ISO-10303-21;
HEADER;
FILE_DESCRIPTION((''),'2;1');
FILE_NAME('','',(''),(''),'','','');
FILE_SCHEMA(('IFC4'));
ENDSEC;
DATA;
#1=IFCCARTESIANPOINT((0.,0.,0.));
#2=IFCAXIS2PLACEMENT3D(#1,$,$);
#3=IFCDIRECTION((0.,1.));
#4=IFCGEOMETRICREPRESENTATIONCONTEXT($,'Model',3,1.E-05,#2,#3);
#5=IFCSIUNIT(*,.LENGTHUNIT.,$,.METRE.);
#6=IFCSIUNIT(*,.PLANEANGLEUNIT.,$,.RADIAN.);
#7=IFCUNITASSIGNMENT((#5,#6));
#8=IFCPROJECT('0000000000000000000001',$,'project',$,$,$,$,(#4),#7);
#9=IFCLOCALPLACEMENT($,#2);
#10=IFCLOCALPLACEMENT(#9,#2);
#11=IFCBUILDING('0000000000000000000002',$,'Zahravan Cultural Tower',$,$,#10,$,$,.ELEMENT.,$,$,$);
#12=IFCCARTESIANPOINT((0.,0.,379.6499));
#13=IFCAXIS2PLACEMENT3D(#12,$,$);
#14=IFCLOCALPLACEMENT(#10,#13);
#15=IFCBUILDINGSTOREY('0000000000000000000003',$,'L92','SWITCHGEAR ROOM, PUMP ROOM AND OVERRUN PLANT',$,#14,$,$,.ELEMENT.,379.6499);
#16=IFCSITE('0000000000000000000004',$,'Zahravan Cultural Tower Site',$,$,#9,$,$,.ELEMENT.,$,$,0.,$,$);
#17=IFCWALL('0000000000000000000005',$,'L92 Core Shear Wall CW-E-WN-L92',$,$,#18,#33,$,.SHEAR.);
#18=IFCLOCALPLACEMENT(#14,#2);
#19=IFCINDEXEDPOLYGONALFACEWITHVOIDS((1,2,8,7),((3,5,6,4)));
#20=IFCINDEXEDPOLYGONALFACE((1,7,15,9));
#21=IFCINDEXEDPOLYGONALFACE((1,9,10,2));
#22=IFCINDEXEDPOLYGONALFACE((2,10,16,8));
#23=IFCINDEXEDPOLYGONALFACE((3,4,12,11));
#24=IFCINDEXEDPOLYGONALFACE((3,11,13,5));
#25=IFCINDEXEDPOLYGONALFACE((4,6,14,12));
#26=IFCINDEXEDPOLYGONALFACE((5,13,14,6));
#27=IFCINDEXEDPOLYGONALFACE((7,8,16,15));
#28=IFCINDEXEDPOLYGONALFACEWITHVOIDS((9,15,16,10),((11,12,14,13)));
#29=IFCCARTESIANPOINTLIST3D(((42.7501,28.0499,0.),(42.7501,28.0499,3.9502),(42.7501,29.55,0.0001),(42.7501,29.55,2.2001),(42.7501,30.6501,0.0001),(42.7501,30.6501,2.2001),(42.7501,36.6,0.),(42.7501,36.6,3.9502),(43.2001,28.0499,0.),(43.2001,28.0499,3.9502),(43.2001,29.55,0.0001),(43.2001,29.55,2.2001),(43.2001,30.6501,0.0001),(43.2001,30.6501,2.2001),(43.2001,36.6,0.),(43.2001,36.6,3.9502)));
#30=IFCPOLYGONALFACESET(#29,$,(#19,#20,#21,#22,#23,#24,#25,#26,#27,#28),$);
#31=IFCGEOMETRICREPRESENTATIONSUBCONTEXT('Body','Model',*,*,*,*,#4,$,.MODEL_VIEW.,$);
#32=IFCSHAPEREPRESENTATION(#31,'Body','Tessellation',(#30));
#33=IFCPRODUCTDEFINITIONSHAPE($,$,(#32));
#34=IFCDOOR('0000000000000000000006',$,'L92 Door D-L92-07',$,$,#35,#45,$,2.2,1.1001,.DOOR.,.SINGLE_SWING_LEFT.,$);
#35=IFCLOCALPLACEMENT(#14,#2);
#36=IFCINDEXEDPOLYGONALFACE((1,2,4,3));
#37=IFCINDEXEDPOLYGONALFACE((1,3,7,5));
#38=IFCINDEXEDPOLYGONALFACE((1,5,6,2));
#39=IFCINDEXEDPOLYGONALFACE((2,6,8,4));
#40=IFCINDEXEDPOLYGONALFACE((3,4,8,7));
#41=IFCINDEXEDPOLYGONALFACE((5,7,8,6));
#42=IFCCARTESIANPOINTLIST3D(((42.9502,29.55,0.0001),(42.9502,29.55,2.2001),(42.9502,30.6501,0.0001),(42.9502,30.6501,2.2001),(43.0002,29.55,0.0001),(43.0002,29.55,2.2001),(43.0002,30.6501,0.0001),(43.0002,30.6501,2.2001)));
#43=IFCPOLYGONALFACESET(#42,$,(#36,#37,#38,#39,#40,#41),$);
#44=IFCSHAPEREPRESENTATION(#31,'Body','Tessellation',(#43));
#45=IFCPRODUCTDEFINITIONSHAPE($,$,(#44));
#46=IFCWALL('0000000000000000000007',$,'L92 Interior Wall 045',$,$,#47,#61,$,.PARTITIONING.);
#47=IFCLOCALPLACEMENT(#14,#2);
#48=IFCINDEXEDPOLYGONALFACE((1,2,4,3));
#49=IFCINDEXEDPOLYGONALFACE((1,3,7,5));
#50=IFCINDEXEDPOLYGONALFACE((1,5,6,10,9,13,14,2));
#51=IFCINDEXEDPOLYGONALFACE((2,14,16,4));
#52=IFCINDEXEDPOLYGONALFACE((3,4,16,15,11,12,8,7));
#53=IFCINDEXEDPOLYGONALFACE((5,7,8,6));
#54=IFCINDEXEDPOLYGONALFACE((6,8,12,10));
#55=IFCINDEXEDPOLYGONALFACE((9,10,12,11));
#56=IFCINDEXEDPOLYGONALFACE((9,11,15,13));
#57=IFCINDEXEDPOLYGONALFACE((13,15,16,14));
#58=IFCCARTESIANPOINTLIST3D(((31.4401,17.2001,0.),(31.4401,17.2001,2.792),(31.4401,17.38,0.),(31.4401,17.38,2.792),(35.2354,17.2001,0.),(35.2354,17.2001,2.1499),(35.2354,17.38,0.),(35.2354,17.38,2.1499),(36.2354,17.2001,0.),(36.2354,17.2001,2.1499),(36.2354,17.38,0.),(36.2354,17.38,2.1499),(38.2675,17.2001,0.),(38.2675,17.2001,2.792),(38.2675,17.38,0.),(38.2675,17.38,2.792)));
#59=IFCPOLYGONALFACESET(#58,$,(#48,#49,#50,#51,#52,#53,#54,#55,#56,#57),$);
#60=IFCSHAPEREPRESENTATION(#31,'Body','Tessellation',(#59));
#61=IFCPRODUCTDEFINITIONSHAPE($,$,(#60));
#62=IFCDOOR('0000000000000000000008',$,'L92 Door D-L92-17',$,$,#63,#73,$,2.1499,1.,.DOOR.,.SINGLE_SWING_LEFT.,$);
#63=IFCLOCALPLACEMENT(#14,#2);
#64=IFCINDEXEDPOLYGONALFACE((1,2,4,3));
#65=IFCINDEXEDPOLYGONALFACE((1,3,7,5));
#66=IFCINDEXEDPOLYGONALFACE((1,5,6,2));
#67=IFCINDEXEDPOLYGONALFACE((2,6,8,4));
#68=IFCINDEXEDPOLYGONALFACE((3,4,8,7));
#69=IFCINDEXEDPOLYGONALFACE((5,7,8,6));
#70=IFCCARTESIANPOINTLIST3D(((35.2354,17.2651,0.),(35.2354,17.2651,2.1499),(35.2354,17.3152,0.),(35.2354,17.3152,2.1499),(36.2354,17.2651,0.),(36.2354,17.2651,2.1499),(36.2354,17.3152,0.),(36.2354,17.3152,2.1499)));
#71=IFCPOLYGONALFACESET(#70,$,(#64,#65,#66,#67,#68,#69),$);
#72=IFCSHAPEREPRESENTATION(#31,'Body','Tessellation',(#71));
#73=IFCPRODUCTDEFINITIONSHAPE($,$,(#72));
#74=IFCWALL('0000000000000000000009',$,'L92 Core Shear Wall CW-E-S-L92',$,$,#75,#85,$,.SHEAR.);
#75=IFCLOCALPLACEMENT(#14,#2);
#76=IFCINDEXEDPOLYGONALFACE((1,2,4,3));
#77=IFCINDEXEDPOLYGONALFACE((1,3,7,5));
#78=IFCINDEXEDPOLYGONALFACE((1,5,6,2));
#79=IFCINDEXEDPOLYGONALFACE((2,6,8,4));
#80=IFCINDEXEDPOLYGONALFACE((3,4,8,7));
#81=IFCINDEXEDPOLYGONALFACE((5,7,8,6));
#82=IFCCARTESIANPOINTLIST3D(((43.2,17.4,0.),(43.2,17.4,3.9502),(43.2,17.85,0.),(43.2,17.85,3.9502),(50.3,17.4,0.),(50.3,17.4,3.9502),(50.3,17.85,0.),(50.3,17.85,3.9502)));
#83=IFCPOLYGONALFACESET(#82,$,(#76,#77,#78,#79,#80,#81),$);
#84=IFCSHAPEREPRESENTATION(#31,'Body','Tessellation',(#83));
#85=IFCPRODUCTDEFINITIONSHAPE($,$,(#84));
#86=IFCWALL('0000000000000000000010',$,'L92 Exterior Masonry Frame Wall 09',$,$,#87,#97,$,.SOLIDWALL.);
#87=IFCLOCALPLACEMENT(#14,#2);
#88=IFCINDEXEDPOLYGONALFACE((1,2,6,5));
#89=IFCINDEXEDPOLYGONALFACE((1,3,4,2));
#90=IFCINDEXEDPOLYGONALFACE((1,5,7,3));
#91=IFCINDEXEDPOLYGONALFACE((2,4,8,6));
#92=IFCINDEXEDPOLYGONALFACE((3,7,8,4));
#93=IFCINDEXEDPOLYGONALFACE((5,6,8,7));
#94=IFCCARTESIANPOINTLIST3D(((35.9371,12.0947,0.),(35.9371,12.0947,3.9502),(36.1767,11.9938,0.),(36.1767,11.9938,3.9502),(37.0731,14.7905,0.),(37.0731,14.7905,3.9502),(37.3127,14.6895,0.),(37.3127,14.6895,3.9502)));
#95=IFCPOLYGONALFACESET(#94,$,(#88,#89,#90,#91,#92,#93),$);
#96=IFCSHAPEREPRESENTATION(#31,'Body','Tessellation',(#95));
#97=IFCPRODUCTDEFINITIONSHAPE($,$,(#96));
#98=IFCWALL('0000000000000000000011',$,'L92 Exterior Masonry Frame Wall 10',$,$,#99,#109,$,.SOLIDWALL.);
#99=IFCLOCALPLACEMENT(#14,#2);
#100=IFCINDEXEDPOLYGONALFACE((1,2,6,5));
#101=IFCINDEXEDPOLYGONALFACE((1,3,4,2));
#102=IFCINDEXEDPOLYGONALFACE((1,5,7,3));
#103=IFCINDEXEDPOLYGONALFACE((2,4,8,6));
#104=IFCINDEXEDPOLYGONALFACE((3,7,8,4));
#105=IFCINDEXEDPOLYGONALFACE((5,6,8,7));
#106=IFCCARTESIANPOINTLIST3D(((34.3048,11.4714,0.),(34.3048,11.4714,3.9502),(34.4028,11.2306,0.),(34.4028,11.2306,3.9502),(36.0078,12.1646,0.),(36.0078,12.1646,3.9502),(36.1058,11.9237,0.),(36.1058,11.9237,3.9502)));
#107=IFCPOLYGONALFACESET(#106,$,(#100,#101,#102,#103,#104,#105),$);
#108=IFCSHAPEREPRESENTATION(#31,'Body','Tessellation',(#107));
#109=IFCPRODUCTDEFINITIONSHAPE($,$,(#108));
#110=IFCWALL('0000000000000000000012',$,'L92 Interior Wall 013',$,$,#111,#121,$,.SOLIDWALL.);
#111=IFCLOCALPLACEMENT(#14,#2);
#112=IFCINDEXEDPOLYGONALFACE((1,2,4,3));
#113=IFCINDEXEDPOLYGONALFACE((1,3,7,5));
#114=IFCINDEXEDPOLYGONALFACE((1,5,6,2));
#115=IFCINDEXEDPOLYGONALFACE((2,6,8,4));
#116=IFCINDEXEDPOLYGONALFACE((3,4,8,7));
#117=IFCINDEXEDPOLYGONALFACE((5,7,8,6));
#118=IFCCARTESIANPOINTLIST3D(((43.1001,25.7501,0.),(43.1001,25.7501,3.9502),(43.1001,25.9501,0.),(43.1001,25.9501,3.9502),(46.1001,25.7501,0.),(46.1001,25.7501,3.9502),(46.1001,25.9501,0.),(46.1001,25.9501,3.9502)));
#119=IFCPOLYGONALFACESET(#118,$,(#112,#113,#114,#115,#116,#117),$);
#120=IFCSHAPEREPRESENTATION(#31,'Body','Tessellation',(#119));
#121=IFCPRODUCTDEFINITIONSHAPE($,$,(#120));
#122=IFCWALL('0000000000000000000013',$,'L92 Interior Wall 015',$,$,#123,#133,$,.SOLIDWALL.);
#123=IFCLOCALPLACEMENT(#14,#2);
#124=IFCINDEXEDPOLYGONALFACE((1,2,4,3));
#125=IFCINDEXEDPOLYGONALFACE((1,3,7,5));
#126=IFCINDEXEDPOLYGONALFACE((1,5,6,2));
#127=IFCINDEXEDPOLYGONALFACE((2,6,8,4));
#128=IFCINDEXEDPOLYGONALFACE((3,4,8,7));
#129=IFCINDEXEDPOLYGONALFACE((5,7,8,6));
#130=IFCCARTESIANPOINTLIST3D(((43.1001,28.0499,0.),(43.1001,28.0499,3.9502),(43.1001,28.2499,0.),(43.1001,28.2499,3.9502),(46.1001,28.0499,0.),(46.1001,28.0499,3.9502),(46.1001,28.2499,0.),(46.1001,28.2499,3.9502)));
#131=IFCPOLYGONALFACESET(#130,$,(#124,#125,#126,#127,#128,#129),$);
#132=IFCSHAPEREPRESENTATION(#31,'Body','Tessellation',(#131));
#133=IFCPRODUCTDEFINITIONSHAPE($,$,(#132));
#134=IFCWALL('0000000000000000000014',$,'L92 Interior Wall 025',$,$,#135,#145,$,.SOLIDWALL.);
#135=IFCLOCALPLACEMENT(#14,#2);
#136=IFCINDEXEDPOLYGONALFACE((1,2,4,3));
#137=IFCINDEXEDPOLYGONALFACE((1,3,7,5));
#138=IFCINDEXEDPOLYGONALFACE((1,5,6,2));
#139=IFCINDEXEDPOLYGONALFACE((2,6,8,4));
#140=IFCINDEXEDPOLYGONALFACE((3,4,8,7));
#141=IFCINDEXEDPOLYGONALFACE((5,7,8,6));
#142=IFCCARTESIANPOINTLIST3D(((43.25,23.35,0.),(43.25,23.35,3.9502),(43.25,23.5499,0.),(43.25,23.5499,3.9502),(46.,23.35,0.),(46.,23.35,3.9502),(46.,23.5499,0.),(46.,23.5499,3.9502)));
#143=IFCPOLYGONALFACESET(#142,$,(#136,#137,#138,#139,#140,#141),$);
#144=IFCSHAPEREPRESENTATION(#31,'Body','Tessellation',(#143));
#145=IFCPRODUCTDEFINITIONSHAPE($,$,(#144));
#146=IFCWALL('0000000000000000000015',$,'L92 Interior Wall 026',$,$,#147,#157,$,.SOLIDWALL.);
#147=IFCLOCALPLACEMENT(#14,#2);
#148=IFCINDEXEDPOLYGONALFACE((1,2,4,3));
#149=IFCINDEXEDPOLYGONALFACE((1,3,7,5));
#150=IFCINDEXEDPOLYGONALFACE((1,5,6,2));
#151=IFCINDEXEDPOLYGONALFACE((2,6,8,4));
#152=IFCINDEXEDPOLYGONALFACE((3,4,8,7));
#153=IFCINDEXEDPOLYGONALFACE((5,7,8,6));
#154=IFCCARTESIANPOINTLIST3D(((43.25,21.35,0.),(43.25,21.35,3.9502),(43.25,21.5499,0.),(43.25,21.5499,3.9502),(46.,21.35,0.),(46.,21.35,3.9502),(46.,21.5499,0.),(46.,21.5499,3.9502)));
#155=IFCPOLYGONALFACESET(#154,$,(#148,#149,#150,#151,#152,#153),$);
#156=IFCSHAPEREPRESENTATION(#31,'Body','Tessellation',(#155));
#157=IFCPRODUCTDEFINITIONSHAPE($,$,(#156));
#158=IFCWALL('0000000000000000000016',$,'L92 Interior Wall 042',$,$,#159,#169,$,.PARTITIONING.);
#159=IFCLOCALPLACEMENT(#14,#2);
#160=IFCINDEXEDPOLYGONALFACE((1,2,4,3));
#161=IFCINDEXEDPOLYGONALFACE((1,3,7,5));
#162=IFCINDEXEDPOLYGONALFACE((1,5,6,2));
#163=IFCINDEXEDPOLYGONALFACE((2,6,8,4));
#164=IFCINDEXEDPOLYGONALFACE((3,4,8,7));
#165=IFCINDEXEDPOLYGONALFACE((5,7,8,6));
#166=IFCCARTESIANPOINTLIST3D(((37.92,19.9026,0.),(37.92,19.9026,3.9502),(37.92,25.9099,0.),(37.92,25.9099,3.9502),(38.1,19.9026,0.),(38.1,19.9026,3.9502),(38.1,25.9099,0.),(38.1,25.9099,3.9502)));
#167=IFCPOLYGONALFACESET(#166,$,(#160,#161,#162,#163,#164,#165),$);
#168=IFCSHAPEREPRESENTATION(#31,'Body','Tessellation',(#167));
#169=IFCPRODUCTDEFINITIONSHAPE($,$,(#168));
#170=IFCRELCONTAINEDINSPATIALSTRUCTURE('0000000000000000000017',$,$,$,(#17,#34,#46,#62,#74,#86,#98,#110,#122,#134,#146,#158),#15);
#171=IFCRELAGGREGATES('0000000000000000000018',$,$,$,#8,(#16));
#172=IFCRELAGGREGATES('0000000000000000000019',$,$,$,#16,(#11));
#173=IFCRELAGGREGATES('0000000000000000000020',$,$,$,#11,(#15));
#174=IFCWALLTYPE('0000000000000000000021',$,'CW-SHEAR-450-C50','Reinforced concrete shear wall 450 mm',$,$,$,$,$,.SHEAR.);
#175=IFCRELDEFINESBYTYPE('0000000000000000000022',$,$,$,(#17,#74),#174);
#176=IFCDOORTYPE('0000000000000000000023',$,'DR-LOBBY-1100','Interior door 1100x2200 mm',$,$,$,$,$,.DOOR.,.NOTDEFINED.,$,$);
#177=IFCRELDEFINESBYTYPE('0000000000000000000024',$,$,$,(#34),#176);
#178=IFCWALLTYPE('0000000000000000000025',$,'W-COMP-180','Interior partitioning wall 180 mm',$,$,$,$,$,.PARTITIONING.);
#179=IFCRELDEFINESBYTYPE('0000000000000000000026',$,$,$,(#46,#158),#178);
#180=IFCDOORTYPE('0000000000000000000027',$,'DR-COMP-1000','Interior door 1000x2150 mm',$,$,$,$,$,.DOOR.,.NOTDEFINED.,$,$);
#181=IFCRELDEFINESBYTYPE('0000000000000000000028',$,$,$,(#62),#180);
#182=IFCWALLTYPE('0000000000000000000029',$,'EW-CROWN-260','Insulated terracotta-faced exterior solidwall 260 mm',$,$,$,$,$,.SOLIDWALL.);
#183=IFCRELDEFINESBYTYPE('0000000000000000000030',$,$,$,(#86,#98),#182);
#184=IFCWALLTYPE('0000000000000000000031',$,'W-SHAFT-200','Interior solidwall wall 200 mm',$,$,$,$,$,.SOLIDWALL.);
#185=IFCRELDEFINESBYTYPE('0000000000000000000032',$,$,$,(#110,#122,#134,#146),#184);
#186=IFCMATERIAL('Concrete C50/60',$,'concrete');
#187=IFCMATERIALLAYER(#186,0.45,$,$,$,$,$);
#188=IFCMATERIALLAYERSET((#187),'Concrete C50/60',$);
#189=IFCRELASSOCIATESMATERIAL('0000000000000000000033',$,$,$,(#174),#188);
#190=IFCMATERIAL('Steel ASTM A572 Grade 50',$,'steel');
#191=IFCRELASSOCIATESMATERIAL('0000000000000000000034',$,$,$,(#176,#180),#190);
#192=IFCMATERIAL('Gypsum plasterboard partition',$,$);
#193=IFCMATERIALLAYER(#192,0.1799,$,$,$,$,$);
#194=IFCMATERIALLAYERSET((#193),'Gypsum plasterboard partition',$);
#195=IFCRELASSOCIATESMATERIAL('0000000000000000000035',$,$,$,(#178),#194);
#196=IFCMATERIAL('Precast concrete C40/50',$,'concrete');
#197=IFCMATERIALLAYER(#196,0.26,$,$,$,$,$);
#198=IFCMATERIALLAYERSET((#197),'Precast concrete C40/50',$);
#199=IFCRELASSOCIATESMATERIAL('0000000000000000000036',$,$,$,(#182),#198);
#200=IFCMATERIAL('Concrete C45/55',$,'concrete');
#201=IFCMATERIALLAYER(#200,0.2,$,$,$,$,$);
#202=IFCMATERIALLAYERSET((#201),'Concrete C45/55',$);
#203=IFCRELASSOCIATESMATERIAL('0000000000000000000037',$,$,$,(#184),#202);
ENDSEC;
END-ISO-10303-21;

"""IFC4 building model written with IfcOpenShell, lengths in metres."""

from ifc_helpers import new_model, si_unit, direction, frame, frame_2d, origin, place, context, subcontext, project, spatial, rectangle, extrude, source, transform, mapped, material, layer, layer_set, type_object, element, fill, save


model = new_model("IFC4")

# Units and contexts
model_context = context("Model", 3, precision=1e-05, world=origin(), true_north=direction((0.0, 1.0)))
body_context = subcontext(model_context, "Body", "Model", "MODEL_VIEW")
ifc_project = project(units=[si_unit("LENGTHUNIT", "METRE"), si_unit("PLANEANGLEUNIT", "RADIAN")], contexts=[model_context])

# Site, building, storey
site_placement = place(None, origin())
site = spatial("IfcSite", under=ifc_project, at=site_placement, Name="Zahravan Cultural Tower Site", CompositionType="ELEMENT", RefElevation=0.0)
building_placement = place(site_placement, origin())
building = spatial("IfcBuilding", under=site, at=building_placement, Name="Zahravan Cultural Tower", CompositionType="ELEMENT")
storey_placement = place(building_placement, frame((0.0, 0.0, 379.6499)))
storey = spatial("IfcBuildingStorey", under=building, at=storey_placement, Name="L92", Description="SWITCHGEAR ROOM, PUMP ROOM AND OVERRUN PLANT", CompositionType="ELEMENT", Elevation=379.6499)

# Shared definitions
ifc_material_1 = material(Name="Concrete C45/55", Category="concrete")

# Shared definitions
ifc_material_2 = material(Name="Concrete C50/60", Category="concrete")

# Shared definitions
ifc_layer_1 = layer(ifc_material_2, 0.45)
ifc_layer_set_1 = layer_set([ifc_layer_1], Name="Concrete C50/60")
wall_type_1 = type_object("IfcWallType", Name="CW-SHEAR-450-C50", Description="Reinforced concrete shear wall 450 mm", PredefinedType="SHEAR", material=ifc_layer_set_1)
ifc_material_3 = material(Name="Steel ASTM A572 Grade 50", Category="steel")
door_type_1 = type_object("IfcDoorType", Name="DR-LOBBY-1100", Description="Interior door 1100x2200 mm", OperationType="NOTDEFINED", PredefinedType="DOOR", material=ifc_material_3)
shared_shape_1 = source(origin(), body_context, "Body", "SweptSolid", [
    extrude(rectangle(XDim=1.1001, YDim=2.2, at=frame_2d((0.55, 1.1001))), frame((0.0, 0.0249, 0.0), z_axis=(0.0, -1.0, 0.0), x_axis=(1.0, 0.0, 0.0)), (0.0, 0.0, 1.0), 0.05),
])

# Walls, openings, doors
wall_1_placement = place(storey_placement, frame((42.9751, 28.05, 0.0), z_axis=(0.0, 0.0, 1.0), x_axis=(0.0, 1.0, 0.0)))
wall_1 = element("IfcWall", 1, at=wall_1_placement, inside=storey, type_object=wall_type_1, Name="L92 Core Shear Wall CW-E-WN-L92", PredefinedType="SHEAR", context=body_context, shape_type="SweptSolid", body=[
    extrude(rectangle(XDim=8.55, YDim=0.45, at=frame_2d((4.2749, 0.0))), origin(), (0.0, 0.0, 1.0), 3.9502),
])
opening_1_placement = place(wall_1_placement, frame((1.5, 0.0, 0.0)))
opening_1 = element("IfcOpeningElement", 2, at=opening_1_placement, cuts=wall_1, PredefinedType="OPENING", context=body_context, shape_type="SweptSolid", body=[
    extrude(rectangle(XDim=1.1001, YDim=2.2, at=frame_2d((0.55, 1.1001))), frame((0.0, 0.2349, 0.0), z_axis=(0.0, -1.0, 0.0), x_axis=(1.0, 0.0, 0.0)), (0.0, 0.0, 1.0), 0.47),
])
door_1_placement = place(opening_1_placement, origin())
door_1 = element("IfcDoor", 3, at=door_1_placement, inside=storey, type_object=door_type_1, Name="L92 Door D-L92-07", OperationType="SINGLE_SWING_LEFT", OverallHeight=2.2, OverallWidth=1.1001, PredefinedType="DOOR", context=body_context, shape_type="MappedRepresentation", body=[
    mapped(shared_shape_1, transform((0.0, 0.0, 0.0), x_axis=(1.0, 0.0, 0.0), y_axis=(0.0, 1.0, 0.0), z_axis=(0.0, 0.0, 1.0), scale=1.0)),
])
fill(opening_1, door_1)
ifc_material_4 = material(Name="Gypsum plasterboard partition")
ifc_layer_2 = layer(ifc_material_4, 0.1799)
ifc_layer_set_2 = layer_set([ifc_layer_2], Name="Gypsum plasterboard partition")
wall_type_2 = type_object("IfcWallType", Name="W-COMP-180", Description="Interior partitioning wall 180 mm", PredefinedType="PARTITIONING", material=ifc_layer_set_2)
wall_2_placement = place(storey_placement, frame((38.2673, 17.29, 0.0), z_axis=(0.0, 0.0, 1.0), x_axis=(-1.0, 0.0, 0.0)))
wall_2 = element("IfcWall", 4, at=wall_2_placement, inside=storey, type_object=wall_type_2, Name="L92 Interior Wall 045", PredefinedType="PARTITIONING", context=body_context, shape_type="SweptSolid", body=[
    extrude(rectangle(XDim=6.8274, YDim=0.1799, at=frame_2d((3.4136, 0.0))), origin(), (0.0, 0.0, 1.0), 2.792),
])
opening_2_placement = place(wall_2_placement, frame((2.032, 0.0, 0.0)))
opening_2 = element("IfcOpeningElement", 5, at=opening_2_placement, cuts=wall_2, PredefinedType="OPENING", context=body_context, shape_type="SweptSolid", body=[
    extrude(rectangle(XDim=1.0, YDim=2.1499, at=frame_2d((0.5, 1.075))), frame((0.0, 0.0999, 0.0), z_axis=(0.0, -1.0, 0.0), x_axis=(1.0, 0.0, 0.0)), (0.0, 0.0, 1.0), 0.2),
])
door_type_2 = type_object("IfcDoorType", Name="DR-COMP-1000", Description="Interior door 1000x2150 mm", OperationType="NOTDEFINED", PredefinedType="DOOR", material=ifc_material_3)
shared_shape_2 = source(origin(), body_context, "Body", "SweptSolid", [
    extrude(rectangle(XDim=1.0, YDim=2.1499, at=frame_2d((0.5, 1.075))), frame((0.0, 0.0249, 0.0), z_axis=(0.0, -1.0, 0.0), x_axis=(1.0, 0.0, 0.0)), (0.0, 0.0, 1.0), 0.05),
])
door_2_placement = place(opening_2_placement, origin())
door_2 = element("IfcDoor", 6, at=door_2_placement, inside=storey, type_object=door_type_2, Name="L92 Door D-L92-17", OperationType="SINGLE_SWING_LEFT", OverallHeight=2.1499, OverallWidth=1.0, PredefinedType="DOOR", context=body_context, shape_type="MappedRepresentation", body=[
    mapped(shared_shape_2, transform((0.0, 0.0, 0.0), x_axis=(1.0, 0.0, 0.0), y_axis=(0.0, 1.0, 0.0), z_axis=(0.0, 0.0, 1.0), scale=1.0)),
])
fill(opening_2, door_2)

# Walls
shared_shape_3 = source(origin(), body_context, "Body", "SweptSolid", [
    extrude(rectangle(XDim=7.1001, YDim=0.45, at=frame_2d((3.55, 0.0))), origin(), (0.0, 0.0, 1.0), 3.9502),
])
wall_3_placement = place(storey_placement, frame((43.2, 17.625, 0.0), z_axis=(0.0, 0.0, 1.0), x_axis=(1.0, 0.0, 0.0)))
element("IfcWall", 7, at=wall_3_placement, inside=storey, type_object=wall_type_1, Name="L92 Core Shear Wall CW-E-S-L92", PredefinedType="SHEAR", context=body_context, shape_type="MappedRepresentation", body=[
    mapped(shared_shape_3, transform((0.0, 0.0, 0.0), x_axis=(1.0, 0.0, 0.0), y_axis=(0.0, 1.0, 0.0), z_axis=(0.0, 0.0, 1.0), scale=1.0)),
])
ifc_material_5 = material(Name="Precast concrete C40/50", Category="concrete")
ifc_layer_3 = layer(ifc_material_5, 0.26)
ifc_layer_set_3 = layer_set([ifc_layer_3], Name="Precast concrete C40/50")
wall_type_3 = type_object("IfcWallType", Name="EW-CROWN-260", Description="Insulated terracotta-faced exterior solidwall 260 mm", PredefinedType="SOLIDWALL", material=ifc_layer_set_3)
shared_shape_4 = source(origin(), body_context, "Body", "SweptSolid", [
    extrude(rectangle(XDim=2.9253, YDim=0.26, at=frame_2d((1.4626, 0.0))), origin(), (0.0, 0.0, 1.0), 3.9502),
])
wall_4_placement = place(storey_placement, frame((37.1929, 14.74, 0.0), z_axis=(0.0, 0.0, 1.0), x_axis=(-0.388322, -0.921524, 0.0)))
element("IfcWall", 8, at=wall_4_placement, inside=storey, type_object=wall_type_3, Name="L92 Exterior Masonry Frame Wall 09", PredefinedType="SOLIDWALL", context=body_context, shape_type="MappedRepresentation", body=[
    mapped(shared_shape_4, transform((0.0, 0.0, 0.0), x_axis=(1.0, 0.0, 0.0), y_axis=(0.0, 1.0, 0.0), z_axis=(0.0, 0.0, 1.0), scale=1.0)),
])
shared_shape_5 = source(origin(), body_context, "Body", "SweptSolid", [
    extrude(rectangle(XDim=1.8386, YDim=0.26, at=frame_2d((0.9194, 0.0))), origin(), (0.0, 0.0, 1.0), 3.9502),
])
wall_5_placement = place(storey_placement, frame((36.0569, 12.0442, 0.0), z_axis=(0.0, 0.0, 1.0), x_axis=(-0.926216, -0.376993, 0.0)))
element("IfcWall", 9, at=wall_5_placement, inside=storey, type_object=wall_type_3, Name="L92 Exterior Masonry Frame Wall 10", PredefinedType="SOLIDWALL", context=body_context, shape_type="MappedRepresentation", body=[
    mapped(shared_shape_5, transform((0.0, 0.0, 0.0), x_axis=(1.0, 0.0, 0.0), y_axis=(0.0, 1.0, 0.0), z_axis=(0.0, 0.0, 1.0), scale=1.0)),
])
ifc_layer_4 = layer(ifc_material_1, 0.2)
ifc_layer_set_4 = layer_set([ifc_layer_4], Name="Concrete C45/55")
wall_type_4 = type_object("IfcWallType", Name="W-SHAFT-200", Description="Interior solidwall wall 200 mm", PredefinedType="SOLIDWALL", material=ifc_layer_set_4)
shared_shape_6 = source(origin(), body_context, "Body", "SweptSolid", [
    extrude(rectangle(XDim=3.0, YDim=0.2, at=frame_2d((1.5, 0.0))), origin(), (0.0, 0.0, 1.0), 3.9502),
])
for number, where, z_axis, x_axis, name in (
    (10, (43.1001, 25.8501, 0.0), (0.0, 0.0, 1.0), (1.0, 0.0, 0.0), "L92 Interior Wall 013"),
    (11, (43.1001, 28.1499, 0.0), (0.0, 0.0, 1.0), (1.0, 0.0, 0.0), "L92 Interior Wall 015"),
):
    element("IfcWall", number, at=place(storey_placement, frame(where, z_axis=z_axis, x_axis=x_axis)), inside=storey, type_object=wall_type_4, Name=name, PredefinedType="SOLIDWALL", context=body_context, shape_type="MappedRepresentation", body=[
        mapped(shared_shape_6, transform((0.0, 0.0, 0.0), x_axis=(1.0, 0.0, 0.0), y_axis=(0.0, 1.0, 0.0), z_axis=(0.0, 0.0, 1.0), scale=1.0)),
    ])
shared_shape_7 = source(origin(), body_context, "Body", "SweptSolid", [
    extrude(rectangle(XDim=2.75, YDim=0.2, at=frame_2d((1.375, 0.0))), origin(), (0.0, 0.0, 1.0), 3.9502),
])
for number, where, z_axis, x_axis, name in (
    (12, (43.25, 23.45, 0.0), (0.0, 0.0, 1.0), (1.0, 0.0, 0.0), "L92 Interior Wall 025"),
    (13, (43.25, 21.45, 0.0), (0.0, 0.0, 1.0), (1.0, 0.0, 0.0), "L92 Interior Wall 026"),
):
    element("IfcWall", number, at=place(storey_placement, frame(where, z_axis=z_axis, x_axis=x_axis)), inside=storey, type_object=wall_type_4, Name=name, PredefinedType="SOLIDWALL", context=body_context, shape_type="MappedRepresentation", body=[
        mapped(shared_shape_7, transform((0.0, 0.0, 0.0), x_axis=(1.0, 0.0, 0.0), y_axis=(0.0, 1.0, 0.0), z_axis=(0.0, 0.0, 1.0), scale=1.0)),
    ])
shared_shape_8 = source(origin(), body_context, "Body", "SweptSolid", [
    extrude(rectangle(XDim=6.0073, YDim=0.1799, at=frame_2d((3.0037, 0.0))), origin(), (0.0, 0.0, 1.0), 3.9502),
])
wall_6_placement = place(storey_placement, frame((38.01, 25.9099, 0.0), z_axis=(0.0, 0.0, 1.0), x_axis=(0.0, -1.0, 0.0)))
element("IfcWall", 14, at=wall_6_placement, inside=storey, type_object=wall_type_2, Name="L92 Interior Wall 042", PredefinedType="PARTITIONING", context=body_context, shape_type="MappedRepresentation", body=[
    mapped(shared_shape_8, transform((0.0, 0.0, 0.0), x_axis=(1.0, 0.0, 0.0), y_axis=(0.0, 1.0, 0.0), z_axis=(0.0, 0.0, 1.0), scale=1.0)),
])

save(model, "model.ifc")
